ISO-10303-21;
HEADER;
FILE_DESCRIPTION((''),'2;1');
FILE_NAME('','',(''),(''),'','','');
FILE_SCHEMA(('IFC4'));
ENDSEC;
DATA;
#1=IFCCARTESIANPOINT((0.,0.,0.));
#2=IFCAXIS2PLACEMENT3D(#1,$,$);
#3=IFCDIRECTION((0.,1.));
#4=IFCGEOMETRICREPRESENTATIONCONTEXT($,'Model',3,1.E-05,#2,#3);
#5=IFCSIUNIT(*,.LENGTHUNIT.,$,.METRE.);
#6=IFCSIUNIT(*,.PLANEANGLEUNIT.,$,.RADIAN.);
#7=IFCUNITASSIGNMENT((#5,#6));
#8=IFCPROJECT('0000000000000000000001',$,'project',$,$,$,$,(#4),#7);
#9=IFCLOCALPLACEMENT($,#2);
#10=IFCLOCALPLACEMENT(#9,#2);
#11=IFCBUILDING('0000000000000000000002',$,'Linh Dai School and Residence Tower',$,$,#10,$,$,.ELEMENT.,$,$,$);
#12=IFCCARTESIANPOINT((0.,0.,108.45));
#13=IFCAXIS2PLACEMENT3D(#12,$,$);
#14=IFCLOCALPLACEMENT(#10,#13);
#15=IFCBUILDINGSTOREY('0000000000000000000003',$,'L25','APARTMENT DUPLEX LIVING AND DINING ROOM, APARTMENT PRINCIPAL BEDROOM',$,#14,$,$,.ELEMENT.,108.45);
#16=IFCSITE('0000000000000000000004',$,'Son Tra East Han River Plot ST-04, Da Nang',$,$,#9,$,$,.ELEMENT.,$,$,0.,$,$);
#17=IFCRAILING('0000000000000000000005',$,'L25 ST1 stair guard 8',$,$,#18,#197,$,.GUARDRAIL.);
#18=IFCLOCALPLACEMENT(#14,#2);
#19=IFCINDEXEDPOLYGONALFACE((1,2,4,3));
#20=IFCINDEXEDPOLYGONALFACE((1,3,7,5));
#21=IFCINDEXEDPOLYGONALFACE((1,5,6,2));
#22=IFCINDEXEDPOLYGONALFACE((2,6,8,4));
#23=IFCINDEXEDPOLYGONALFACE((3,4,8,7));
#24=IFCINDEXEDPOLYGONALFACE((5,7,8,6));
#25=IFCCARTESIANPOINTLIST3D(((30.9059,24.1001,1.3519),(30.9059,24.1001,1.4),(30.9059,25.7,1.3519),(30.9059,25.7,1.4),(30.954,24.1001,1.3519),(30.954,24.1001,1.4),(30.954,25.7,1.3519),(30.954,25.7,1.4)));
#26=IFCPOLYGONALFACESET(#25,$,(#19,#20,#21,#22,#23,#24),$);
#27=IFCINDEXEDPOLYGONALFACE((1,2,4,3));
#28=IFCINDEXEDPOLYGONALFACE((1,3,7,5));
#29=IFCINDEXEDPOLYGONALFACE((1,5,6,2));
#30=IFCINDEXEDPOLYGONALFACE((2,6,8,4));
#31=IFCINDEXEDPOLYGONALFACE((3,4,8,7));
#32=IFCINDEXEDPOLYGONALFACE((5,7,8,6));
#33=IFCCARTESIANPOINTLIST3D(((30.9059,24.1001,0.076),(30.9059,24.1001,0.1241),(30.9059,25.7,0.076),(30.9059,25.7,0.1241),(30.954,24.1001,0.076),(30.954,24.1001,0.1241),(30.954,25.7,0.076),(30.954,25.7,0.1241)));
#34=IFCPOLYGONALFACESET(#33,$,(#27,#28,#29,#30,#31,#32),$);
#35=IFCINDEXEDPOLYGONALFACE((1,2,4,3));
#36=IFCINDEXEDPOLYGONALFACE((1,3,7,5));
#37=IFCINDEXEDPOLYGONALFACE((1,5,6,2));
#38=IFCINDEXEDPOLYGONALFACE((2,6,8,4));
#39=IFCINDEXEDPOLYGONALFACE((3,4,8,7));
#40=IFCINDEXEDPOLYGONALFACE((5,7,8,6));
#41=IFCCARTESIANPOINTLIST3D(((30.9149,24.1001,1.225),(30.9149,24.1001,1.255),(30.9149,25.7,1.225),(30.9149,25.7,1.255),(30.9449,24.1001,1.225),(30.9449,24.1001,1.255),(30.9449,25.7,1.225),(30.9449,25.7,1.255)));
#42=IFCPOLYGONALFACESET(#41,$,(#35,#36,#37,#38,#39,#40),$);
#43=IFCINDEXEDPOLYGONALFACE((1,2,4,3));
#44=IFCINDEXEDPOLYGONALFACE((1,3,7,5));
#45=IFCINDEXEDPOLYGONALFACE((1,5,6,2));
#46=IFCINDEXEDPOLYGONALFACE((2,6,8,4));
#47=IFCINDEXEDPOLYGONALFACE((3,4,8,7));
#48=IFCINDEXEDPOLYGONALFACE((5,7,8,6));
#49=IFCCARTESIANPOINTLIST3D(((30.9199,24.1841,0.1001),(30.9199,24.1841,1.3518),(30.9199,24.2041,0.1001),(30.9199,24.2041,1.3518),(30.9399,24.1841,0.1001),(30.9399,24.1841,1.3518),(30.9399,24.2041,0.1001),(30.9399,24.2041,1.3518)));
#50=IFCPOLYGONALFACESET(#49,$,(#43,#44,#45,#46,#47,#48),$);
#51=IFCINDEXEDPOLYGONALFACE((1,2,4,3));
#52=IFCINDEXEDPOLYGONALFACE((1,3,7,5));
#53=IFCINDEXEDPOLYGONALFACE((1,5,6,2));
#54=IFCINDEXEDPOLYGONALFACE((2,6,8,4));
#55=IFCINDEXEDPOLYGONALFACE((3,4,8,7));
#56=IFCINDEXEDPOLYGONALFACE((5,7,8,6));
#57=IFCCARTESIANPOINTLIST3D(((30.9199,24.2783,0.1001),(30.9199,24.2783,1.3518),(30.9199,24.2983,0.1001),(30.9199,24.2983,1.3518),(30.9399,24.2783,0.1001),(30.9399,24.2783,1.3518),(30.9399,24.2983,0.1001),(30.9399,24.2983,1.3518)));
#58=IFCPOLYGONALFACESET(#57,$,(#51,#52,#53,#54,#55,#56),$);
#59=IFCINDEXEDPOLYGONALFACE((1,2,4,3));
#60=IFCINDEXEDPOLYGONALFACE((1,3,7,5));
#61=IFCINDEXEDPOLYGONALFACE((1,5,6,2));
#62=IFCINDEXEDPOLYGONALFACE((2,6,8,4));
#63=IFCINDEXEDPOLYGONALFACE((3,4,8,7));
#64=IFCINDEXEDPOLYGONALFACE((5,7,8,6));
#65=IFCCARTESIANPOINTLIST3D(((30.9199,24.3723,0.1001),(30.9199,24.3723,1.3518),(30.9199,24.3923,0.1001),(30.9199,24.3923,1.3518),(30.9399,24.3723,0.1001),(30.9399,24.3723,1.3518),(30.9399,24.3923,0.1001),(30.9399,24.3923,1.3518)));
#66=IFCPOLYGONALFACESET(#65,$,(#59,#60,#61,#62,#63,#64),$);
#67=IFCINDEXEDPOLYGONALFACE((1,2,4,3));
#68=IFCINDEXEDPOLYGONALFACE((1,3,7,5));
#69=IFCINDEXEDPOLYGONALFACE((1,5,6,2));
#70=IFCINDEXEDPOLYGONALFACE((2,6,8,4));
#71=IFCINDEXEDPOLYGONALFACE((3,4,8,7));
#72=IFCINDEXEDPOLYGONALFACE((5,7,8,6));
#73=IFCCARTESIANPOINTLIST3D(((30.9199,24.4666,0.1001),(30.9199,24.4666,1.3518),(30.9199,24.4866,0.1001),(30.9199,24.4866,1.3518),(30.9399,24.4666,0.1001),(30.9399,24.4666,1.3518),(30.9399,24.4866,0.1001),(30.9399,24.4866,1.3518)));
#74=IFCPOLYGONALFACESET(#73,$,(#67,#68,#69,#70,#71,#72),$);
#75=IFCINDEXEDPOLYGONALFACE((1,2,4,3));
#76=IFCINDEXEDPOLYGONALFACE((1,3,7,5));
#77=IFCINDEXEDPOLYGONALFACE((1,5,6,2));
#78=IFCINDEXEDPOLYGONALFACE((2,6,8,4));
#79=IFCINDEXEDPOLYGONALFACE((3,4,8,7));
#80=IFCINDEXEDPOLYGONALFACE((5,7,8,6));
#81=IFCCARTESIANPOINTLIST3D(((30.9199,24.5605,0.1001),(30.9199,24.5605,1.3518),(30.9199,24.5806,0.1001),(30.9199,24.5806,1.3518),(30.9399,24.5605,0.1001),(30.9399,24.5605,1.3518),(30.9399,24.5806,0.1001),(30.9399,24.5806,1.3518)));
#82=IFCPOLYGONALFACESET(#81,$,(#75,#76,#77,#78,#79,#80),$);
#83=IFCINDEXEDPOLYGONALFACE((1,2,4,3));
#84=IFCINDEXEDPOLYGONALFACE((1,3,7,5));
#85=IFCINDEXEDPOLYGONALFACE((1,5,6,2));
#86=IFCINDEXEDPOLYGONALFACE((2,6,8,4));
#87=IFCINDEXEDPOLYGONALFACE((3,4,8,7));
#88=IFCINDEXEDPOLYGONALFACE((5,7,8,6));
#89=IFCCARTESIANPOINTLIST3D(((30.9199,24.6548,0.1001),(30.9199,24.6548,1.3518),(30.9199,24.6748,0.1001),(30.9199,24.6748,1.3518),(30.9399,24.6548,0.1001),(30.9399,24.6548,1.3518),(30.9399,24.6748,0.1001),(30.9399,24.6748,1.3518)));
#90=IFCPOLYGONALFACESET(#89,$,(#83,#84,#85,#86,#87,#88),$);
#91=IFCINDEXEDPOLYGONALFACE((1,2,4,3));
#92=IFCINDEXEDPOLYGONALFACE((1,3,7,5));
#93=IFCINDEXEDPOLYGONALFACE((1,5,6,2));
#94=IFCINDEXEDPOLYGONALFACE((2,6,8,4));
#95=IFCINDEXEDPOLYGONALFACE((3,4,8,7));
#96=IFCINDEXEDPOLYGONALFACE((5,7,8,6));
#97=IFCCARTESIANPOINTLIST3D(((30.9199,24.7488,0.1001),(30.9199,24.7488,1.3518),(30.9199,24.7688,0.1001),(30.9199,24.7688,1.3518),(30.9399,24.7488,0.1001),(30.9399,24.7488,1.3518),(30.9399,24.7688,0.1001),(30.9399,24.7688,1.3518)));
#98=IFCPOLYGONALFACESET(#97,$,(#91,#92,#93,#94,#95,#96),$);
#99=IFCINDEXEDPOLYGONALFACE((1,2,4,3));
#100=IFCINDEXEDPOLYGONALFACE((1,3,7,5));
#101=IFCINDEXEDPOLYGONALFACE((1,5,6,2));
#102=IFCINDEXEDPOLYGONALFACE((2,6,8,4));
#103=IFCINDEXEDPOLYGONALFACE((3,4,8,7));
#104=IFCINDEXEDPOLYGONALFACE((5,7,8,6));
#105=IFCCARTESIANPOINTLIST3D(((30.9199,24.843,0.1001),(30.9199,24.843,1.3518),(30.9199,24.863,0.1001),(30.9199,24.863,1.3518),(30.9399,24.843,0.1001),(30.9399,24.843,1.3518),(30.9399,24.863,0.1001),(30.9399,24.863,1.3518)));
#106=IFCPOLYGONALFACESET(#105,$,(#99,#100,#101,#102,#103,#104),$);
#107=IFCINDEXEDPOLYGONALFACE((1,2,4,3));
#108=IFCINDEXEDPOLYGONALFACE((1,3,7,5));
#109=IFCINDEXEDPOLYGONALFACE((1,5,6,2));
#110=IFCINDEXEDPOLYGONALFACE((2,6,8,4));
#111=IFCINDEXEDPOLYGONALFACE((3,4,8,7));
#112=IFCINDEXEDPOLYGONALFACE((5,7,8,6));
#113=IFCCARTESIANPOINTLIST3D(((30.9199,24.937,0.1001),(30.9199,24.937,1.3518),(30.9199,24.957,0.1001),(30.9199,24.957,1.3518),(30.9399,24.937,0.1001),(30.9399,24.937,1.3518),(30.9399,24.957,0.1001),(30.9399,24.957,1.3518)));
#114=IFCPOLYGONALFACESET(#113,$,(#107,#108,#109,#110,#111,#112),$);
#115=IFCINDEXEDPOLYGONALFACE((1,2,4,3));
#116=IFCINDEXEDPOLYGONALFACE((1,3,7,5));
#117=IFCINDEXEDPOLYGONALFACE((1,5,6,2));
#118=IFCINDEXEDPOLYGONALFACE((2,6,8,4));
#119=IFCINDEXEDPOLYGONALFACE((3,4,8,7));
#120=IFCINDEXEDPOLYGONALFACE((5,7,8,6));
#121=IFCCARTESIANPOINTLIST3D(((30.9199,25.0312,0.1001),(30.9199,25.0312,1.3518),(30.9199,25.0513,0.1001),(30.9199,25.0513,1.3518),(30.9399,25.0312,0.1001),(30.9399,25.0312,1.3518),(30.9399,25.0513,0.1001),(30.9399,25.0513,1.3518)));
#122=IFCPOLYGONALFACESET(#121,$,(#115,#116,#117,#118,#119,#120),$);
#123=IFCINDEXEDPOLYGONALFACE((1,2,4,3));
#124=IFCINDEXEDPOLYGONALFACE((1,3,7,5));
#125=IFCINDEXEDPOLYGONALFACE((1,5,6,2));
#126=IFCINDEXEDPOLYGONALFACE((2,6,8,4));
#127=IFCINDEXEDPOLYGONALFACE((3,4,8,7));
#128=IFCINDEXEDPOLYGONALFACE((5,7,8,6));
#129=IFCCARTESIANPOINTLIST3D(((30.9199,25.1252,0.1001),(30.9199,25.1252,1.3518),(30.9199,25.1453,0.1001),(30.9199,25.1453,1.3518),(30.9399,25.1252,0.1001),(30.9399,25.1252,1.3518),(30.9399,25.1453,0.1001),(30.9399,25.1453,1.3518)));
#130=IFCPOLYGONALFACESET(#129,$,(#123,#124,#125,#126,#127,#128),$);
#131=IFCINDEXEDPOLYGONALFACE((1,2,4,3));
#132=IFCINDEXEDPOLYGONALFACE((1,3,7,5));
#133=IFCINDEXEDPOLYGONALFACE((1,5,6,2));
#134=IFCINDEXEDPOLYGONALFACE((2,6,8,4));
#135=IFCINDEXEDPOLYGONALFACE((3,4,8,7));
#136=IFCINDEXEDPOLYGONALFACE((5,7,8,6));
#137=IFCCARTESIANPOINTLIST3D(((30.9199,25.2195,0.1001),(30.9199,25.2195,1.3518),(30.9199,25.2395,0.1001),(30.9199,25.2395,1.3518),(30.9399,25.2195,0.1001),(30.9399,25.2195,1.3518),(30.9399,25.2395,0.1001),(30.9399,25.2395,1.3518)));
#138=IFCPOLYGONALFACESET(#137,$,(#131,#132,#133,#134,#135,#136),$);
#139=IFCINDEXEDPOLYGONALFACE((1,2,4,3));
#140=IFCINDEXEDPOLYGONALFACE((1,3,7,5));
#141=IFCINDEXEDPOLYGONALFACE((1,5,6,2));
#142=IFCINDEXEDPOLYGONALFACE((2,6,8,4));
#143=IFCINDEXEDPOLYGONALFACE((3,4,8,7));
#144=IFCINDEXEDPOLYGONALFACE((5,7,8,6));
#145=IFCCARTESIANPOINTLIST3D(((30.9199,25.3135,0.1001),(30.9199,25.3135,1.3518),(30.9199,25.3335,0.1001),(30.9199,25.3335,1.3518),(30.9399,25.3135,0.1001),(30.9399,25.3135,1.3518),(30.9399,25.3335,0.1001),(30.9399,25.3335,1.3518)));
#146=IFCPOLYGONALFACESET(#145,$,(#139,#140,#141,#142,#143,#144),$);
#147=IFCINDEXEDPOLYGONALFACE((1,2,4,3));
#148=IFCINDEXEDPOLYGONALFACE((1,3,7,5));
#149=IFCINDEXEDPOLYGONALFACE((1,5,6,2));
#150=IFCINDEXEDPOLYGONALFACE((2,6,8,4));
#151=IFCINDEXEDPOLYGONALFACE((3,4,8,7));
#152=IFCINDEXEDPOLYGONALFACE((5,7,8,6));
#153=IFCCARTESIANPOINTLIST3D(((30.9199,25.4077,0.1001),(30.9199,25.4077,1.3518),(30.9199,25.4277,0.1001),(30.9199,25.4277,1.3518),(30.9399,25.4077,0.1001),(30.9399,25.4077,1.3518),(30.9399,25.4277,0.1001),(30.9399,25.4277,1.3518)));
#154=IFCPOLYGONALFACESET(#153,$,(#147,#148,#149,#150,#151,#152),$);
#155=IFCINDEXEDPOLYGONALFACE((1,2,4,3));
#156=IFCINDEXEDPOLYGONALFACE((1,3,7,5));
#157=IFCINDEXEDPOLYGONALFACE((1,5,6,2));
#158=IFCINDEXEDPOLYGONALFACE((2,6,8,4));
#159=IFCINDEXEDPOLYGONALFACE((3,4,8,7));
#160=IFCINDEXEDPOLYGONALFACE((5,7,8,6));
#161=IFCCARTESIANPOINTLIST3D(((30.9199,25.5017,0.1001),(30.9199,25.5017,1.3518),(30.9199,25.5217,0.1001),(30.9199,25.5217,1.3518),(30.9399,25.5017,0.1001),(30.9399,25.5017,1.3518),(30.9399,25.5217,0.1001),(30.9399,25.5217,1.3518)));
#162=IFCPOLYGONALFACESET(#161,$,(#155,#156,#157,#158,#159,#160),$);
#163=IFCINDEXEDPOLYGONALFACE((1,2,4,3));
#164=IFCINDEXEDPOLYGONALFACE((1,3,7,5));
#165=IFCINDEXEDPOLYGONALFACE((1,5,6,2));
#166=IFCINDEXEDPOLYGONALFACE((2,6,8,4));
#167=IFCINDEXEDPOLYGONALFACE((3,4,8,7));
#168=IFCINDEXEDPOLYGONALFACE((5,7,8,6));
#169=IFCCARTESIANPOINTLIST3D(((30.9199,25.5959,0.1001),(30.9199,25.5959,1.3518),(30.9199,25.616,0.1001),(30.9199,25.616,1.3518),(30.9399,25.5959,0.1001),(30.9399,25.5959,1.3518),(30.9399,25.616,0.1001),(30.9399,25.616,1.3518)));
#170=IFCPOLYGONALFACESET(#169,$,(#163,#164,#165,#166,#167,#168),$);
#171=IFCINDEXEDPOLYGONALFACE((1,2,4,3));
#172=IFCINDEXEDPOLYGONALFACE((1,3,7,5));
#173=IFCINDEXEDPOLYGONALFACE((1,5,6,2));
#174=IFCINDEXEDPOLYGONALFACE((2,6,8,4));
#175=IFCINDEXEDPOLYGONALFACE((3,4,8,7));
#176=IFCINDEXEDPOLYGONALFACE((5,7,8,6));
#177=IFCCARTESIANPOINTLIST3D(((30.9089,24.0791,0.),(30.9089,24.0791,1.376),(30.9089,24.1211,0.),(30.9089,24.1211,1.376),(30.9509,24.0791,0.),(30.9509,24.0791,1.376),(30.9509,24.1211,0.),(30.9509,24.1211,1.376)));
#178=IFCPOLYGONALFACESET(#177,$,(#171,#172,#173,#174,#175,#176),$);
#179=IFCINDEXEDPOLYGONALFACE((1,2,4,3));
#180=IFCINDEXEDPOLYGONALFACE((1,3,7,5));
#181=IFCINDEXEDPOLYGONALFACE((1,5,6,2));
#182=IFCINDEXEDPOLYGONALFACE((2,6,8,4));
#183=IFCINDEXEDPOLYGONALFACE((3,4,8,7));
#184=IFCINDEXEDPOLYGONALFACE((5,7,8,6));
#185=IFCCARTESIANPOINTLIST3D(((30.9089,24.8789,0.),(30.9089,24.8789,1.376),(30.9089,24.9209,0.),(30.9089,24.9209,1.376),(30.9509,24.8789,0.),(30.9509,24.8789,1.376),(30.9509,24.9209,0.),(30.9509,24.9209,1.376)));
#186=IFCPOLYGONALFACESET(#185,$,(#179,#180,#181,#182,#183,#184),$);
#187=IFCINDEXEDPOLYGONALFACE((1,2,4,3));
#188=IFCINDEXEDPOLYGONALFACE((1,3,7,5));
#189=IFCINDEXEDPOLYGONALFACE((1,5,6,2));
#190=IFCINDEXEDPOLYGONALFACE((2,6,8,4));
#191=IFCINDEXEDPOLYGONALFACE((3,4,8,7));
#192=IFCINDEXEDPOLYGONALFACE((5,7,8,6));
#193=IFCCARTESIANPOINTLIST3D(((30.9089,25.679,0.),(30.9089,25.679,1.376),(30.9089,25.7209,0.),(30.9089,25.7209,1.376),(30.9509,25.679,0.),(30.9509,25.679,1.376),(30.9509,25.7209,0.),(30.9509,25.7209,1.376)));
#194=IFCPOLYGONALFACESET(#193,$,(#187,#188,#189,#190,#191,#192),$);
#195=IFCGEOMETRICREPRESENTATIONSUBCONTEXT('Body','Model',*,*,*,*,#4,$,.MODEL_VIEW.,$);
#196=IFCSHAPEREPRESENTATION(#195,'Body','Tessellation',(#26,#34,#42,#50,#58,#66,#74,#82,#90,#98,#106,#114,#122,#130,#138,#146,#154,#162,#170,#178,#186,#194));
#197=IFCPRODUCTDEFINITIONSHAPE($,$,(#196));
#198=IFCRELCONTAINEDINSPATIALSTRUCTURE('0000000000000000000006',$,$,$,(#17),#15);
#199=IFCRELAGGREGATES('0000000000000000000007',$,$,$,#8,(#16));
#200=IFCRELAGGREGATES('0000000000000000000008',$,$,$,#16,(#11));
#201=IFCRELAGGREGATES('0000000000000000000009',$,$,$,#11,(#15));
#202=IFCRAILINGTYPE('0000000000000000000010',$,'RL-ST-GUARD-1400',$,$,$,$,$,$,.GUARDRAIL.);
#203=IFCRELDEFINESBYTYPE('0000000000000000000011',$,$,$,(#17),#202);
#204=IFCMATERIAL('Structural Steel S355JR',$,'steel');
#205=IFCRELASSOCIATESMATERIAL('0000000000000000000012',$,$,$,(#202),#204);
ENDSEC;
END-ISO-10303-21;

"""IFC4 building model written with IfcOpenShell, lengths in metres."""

from ifc_helpers import new_model, si_unit, direction, frame, origin, origin_2d, place, context, subcontext, project, spatial, rectangle, extrude, source, transform, mapped, material, type_object, element, save


model = new_model("IFC4")

# Units and contexts
model_context = context("Model", 3, precision=1e-05, world=origin(), true_north=direction((0.0, 1.0)))
body_context = subcontext(model_context, "Body", "Model", "MODEL_VIEW")
ifc_project = project(units=[si_unit("LENGTHUNIT", "METRE"), si_unit("PLANEANGLEUNIT", "RADIAN")], contexts=[model_context])

# Site, building, storey
site_placement = place(None, origin())
site = spatial("IfcSite", under=ifc_project, at=site_placement, Name="Son Tra East Han River Plot ST-04, Da Nang", CompositionType="ELEMENT", RefElevation=0.0)
building_placement = place(site_placement, origin())
building = spatial("IfcBuilding", under=site, at=building_placement, Name="Linh Dai School and Residence Tower", CompositionType="ELEMENT")
storey_placement = place(building_placement, frame((0.0, 0.0, 108.45)))
storey = spatial("IfcBuildingStorey", under=building, at=storey_placement, Name="L25", Description="APARTMENT DUPLEX LIVING AND DINING ROOM, APARTMENT PRINCIPAL BEDROOM", CompositionType="ELEMENT", Elevation=108.45)

# Shared definitions
ifc_material_1 = material(Name="Structural Steel S355JR", Category="steel")

# Railing
railing_type_1 = type_object("IfcRailingType", Name="RL-ST-GUARD-1400", PredefinedType="GUARDRAIL", material=ifc_material_1)
shared_shape_1 = source(origin(), body_context, "Body", "SweptSolid", [
    extrude(rectangle(XDim=0.0481, YDim=0.0481, at=origin_2d()), frame((0.0, 0.0, 1.376), z_axis=(0.0, 1.0, 0.0), x_axis=(-1.0, 0.0, 0.0)), (0.0, 0.0, 1.0), 1.5999),
    extrude(rectangle(XDim=0.0481, YDim=0.0481, at=origin_2d()), frame((0.0, 0.0, 0.1001), z_axis=(0.0, 1.0, 0.0), x_axis=(-1.0, 0.0, 0.0)), (0.0, 0.0, 1.0), 1.5999),
    extrude(rectangle(XDim=0.03, YDim=0.03, at=origin_2d()), frame((0.0, 0.0, 1.24), z_axis=(0.0, 1.0, 0.0), x_axis=(-1.0, 0.0, 0.0)), (0.0, 0.0, 1.0), 1.5999),
    extrude(rectangle(XDim=0.02, YDim=0.02, at=origin_2d()), frame((0.0, 0.094, 0.1001)), (0.0, 0.0, 1.0), 1.2517),
    extrude(rectangle(XDim=0.02, YDim=0.02, at=origin_2d()), frame((0.0, 0.1882, 0.1001)), (0.0, 0.0, 1.0), 1.2517),
    extrude(rectangle(XDim=0.02, YDim=0.02, at=origin_2d()), frame((0.0, 0.2822, 0.1001)), (0.0, 0.0, 1.0), 1.2517),
    extrude(rectangle(XDim=0.02, YDim=0.02, at=origin_2d()), frame((0.0, 0.3765, 0.1001)), (0.0, 0.0, 1.0), 1.2517),
    extrude(rectangle(XDim=0.02, YDim=0.02, at=origin_2d()), frame((0.0, 0.4705, 0.1001)), (0.0, 0.0, 1.0), 1.2517),
    extrude(rectangle(XDim=0.02, YDim=0.02, at=origin_2d()), frame((0.0, 0.5647, 0.1001)), (0.0, 0.0, 1.0), 1.2517),
    extrude(rectangle(XDim=0.02, YDim=0.02, at=origin_2d()), frame((0.0, 0.6587, 0.1001)), (0.0, 0.0, 1.0), 1.2517),
    extrude(rectangle(XDim=0.02, YDim=0.02, at=origin_2d()), frame((0.0, 0.7529, 0.1001)), (0.0, 0.0, 1.0), 1.2517),
    extrude(rectangle(XDim=0.02, YDim=0.02, at=origin_2d()), frame((0.0, 0.8469, 0.1001)), (0.0, 0.0, 1.0), 1.2517),
    extrude(rectangle(XDim=0.02, YDim=0.02, at=origin_2d()), frame((0.0, 0.9412, 0.1001)), (0.0, 0.0, 1.0), 1.2517),
    extrude(rectangle(XDim=0.02, YDim=0.02, at=origin_2d()), frame((0.0, 1.0352, 0.1001)), (0.0, 0.0, 1.0), 1.2517),
    extrude(rectangle(XDim=0.02, YDim=0.02, at=origin_2d()), frame((0.0, 1.1294, 0.1001)), (0.0, 0.0, 1.0), 1.2517),
    extrude(rectangle(XDim=0.02, YDim=0.02, at=origin_2d()), frame((0.0, 1.2234, 0.1001)), (0.0, 0.0, 1.0), 1.2517),
    extrude(rectangle(XDim=0.02, YDim=0.02, at=origin_2d()), frame((0.0, 1.3176, 0.1001)), (0.0, 0.0, 1.0), 1.2517),
    extrude(rectangle(XDim=0.02, YDim=0.02, at=origin_2d()), frame((0.0, 1.4116, 0.1001)), (0.0, 0.0, 1.0), 1.2517),
    extrude(rectangle(XDim=0.02, YDim=0.02, at=origin_2d()), frame((0.0, 1.5059, 0.1001)), (0.0, 0.0, 1.0), 1.2517),
    extrude(rectangle(XDim=0.042, YDim=0.042, at=origin_2d()), origin(), (0.0, 0.0, 1.0), 1.376),
    extrude(rectangle(XDim=0.042, YDim=0.042, at=origin_2d()), frame((0.0, 0.7998, 0.0)), (0.0, 0.0, 1.0), 1.376),
    extrude(rectangle(XDim=0.042, YDim=0.042, at=origin_2d()), frame((0.0, 1.5999, 0.0)), (0.0, 0.0, 1.0), 1.376),
])
for number, where, name in (
    (1, (30.9299, 24.1001, 0.0), "L25 ST1 stair guard 8"),
):
    element("IfcRailing", number, at=place(storey_placement, frame(where)), inside=storey, type_object=railing_type_1, Name=name, PredefinedType="GUARDRAIL", context=body_context, shape_type="MappedRepresentation", body=[
        mapped(shared_shape_1, transform((0.0, 0.0, 0.0), x_axis=(1.0, 0.0, 0.0), y_axis=(0.0, 1.0, 0.0), z_axis=(0.0, 0.0, 1.0), scale=1.0)),
    ])

save(model, "model.ifc")
